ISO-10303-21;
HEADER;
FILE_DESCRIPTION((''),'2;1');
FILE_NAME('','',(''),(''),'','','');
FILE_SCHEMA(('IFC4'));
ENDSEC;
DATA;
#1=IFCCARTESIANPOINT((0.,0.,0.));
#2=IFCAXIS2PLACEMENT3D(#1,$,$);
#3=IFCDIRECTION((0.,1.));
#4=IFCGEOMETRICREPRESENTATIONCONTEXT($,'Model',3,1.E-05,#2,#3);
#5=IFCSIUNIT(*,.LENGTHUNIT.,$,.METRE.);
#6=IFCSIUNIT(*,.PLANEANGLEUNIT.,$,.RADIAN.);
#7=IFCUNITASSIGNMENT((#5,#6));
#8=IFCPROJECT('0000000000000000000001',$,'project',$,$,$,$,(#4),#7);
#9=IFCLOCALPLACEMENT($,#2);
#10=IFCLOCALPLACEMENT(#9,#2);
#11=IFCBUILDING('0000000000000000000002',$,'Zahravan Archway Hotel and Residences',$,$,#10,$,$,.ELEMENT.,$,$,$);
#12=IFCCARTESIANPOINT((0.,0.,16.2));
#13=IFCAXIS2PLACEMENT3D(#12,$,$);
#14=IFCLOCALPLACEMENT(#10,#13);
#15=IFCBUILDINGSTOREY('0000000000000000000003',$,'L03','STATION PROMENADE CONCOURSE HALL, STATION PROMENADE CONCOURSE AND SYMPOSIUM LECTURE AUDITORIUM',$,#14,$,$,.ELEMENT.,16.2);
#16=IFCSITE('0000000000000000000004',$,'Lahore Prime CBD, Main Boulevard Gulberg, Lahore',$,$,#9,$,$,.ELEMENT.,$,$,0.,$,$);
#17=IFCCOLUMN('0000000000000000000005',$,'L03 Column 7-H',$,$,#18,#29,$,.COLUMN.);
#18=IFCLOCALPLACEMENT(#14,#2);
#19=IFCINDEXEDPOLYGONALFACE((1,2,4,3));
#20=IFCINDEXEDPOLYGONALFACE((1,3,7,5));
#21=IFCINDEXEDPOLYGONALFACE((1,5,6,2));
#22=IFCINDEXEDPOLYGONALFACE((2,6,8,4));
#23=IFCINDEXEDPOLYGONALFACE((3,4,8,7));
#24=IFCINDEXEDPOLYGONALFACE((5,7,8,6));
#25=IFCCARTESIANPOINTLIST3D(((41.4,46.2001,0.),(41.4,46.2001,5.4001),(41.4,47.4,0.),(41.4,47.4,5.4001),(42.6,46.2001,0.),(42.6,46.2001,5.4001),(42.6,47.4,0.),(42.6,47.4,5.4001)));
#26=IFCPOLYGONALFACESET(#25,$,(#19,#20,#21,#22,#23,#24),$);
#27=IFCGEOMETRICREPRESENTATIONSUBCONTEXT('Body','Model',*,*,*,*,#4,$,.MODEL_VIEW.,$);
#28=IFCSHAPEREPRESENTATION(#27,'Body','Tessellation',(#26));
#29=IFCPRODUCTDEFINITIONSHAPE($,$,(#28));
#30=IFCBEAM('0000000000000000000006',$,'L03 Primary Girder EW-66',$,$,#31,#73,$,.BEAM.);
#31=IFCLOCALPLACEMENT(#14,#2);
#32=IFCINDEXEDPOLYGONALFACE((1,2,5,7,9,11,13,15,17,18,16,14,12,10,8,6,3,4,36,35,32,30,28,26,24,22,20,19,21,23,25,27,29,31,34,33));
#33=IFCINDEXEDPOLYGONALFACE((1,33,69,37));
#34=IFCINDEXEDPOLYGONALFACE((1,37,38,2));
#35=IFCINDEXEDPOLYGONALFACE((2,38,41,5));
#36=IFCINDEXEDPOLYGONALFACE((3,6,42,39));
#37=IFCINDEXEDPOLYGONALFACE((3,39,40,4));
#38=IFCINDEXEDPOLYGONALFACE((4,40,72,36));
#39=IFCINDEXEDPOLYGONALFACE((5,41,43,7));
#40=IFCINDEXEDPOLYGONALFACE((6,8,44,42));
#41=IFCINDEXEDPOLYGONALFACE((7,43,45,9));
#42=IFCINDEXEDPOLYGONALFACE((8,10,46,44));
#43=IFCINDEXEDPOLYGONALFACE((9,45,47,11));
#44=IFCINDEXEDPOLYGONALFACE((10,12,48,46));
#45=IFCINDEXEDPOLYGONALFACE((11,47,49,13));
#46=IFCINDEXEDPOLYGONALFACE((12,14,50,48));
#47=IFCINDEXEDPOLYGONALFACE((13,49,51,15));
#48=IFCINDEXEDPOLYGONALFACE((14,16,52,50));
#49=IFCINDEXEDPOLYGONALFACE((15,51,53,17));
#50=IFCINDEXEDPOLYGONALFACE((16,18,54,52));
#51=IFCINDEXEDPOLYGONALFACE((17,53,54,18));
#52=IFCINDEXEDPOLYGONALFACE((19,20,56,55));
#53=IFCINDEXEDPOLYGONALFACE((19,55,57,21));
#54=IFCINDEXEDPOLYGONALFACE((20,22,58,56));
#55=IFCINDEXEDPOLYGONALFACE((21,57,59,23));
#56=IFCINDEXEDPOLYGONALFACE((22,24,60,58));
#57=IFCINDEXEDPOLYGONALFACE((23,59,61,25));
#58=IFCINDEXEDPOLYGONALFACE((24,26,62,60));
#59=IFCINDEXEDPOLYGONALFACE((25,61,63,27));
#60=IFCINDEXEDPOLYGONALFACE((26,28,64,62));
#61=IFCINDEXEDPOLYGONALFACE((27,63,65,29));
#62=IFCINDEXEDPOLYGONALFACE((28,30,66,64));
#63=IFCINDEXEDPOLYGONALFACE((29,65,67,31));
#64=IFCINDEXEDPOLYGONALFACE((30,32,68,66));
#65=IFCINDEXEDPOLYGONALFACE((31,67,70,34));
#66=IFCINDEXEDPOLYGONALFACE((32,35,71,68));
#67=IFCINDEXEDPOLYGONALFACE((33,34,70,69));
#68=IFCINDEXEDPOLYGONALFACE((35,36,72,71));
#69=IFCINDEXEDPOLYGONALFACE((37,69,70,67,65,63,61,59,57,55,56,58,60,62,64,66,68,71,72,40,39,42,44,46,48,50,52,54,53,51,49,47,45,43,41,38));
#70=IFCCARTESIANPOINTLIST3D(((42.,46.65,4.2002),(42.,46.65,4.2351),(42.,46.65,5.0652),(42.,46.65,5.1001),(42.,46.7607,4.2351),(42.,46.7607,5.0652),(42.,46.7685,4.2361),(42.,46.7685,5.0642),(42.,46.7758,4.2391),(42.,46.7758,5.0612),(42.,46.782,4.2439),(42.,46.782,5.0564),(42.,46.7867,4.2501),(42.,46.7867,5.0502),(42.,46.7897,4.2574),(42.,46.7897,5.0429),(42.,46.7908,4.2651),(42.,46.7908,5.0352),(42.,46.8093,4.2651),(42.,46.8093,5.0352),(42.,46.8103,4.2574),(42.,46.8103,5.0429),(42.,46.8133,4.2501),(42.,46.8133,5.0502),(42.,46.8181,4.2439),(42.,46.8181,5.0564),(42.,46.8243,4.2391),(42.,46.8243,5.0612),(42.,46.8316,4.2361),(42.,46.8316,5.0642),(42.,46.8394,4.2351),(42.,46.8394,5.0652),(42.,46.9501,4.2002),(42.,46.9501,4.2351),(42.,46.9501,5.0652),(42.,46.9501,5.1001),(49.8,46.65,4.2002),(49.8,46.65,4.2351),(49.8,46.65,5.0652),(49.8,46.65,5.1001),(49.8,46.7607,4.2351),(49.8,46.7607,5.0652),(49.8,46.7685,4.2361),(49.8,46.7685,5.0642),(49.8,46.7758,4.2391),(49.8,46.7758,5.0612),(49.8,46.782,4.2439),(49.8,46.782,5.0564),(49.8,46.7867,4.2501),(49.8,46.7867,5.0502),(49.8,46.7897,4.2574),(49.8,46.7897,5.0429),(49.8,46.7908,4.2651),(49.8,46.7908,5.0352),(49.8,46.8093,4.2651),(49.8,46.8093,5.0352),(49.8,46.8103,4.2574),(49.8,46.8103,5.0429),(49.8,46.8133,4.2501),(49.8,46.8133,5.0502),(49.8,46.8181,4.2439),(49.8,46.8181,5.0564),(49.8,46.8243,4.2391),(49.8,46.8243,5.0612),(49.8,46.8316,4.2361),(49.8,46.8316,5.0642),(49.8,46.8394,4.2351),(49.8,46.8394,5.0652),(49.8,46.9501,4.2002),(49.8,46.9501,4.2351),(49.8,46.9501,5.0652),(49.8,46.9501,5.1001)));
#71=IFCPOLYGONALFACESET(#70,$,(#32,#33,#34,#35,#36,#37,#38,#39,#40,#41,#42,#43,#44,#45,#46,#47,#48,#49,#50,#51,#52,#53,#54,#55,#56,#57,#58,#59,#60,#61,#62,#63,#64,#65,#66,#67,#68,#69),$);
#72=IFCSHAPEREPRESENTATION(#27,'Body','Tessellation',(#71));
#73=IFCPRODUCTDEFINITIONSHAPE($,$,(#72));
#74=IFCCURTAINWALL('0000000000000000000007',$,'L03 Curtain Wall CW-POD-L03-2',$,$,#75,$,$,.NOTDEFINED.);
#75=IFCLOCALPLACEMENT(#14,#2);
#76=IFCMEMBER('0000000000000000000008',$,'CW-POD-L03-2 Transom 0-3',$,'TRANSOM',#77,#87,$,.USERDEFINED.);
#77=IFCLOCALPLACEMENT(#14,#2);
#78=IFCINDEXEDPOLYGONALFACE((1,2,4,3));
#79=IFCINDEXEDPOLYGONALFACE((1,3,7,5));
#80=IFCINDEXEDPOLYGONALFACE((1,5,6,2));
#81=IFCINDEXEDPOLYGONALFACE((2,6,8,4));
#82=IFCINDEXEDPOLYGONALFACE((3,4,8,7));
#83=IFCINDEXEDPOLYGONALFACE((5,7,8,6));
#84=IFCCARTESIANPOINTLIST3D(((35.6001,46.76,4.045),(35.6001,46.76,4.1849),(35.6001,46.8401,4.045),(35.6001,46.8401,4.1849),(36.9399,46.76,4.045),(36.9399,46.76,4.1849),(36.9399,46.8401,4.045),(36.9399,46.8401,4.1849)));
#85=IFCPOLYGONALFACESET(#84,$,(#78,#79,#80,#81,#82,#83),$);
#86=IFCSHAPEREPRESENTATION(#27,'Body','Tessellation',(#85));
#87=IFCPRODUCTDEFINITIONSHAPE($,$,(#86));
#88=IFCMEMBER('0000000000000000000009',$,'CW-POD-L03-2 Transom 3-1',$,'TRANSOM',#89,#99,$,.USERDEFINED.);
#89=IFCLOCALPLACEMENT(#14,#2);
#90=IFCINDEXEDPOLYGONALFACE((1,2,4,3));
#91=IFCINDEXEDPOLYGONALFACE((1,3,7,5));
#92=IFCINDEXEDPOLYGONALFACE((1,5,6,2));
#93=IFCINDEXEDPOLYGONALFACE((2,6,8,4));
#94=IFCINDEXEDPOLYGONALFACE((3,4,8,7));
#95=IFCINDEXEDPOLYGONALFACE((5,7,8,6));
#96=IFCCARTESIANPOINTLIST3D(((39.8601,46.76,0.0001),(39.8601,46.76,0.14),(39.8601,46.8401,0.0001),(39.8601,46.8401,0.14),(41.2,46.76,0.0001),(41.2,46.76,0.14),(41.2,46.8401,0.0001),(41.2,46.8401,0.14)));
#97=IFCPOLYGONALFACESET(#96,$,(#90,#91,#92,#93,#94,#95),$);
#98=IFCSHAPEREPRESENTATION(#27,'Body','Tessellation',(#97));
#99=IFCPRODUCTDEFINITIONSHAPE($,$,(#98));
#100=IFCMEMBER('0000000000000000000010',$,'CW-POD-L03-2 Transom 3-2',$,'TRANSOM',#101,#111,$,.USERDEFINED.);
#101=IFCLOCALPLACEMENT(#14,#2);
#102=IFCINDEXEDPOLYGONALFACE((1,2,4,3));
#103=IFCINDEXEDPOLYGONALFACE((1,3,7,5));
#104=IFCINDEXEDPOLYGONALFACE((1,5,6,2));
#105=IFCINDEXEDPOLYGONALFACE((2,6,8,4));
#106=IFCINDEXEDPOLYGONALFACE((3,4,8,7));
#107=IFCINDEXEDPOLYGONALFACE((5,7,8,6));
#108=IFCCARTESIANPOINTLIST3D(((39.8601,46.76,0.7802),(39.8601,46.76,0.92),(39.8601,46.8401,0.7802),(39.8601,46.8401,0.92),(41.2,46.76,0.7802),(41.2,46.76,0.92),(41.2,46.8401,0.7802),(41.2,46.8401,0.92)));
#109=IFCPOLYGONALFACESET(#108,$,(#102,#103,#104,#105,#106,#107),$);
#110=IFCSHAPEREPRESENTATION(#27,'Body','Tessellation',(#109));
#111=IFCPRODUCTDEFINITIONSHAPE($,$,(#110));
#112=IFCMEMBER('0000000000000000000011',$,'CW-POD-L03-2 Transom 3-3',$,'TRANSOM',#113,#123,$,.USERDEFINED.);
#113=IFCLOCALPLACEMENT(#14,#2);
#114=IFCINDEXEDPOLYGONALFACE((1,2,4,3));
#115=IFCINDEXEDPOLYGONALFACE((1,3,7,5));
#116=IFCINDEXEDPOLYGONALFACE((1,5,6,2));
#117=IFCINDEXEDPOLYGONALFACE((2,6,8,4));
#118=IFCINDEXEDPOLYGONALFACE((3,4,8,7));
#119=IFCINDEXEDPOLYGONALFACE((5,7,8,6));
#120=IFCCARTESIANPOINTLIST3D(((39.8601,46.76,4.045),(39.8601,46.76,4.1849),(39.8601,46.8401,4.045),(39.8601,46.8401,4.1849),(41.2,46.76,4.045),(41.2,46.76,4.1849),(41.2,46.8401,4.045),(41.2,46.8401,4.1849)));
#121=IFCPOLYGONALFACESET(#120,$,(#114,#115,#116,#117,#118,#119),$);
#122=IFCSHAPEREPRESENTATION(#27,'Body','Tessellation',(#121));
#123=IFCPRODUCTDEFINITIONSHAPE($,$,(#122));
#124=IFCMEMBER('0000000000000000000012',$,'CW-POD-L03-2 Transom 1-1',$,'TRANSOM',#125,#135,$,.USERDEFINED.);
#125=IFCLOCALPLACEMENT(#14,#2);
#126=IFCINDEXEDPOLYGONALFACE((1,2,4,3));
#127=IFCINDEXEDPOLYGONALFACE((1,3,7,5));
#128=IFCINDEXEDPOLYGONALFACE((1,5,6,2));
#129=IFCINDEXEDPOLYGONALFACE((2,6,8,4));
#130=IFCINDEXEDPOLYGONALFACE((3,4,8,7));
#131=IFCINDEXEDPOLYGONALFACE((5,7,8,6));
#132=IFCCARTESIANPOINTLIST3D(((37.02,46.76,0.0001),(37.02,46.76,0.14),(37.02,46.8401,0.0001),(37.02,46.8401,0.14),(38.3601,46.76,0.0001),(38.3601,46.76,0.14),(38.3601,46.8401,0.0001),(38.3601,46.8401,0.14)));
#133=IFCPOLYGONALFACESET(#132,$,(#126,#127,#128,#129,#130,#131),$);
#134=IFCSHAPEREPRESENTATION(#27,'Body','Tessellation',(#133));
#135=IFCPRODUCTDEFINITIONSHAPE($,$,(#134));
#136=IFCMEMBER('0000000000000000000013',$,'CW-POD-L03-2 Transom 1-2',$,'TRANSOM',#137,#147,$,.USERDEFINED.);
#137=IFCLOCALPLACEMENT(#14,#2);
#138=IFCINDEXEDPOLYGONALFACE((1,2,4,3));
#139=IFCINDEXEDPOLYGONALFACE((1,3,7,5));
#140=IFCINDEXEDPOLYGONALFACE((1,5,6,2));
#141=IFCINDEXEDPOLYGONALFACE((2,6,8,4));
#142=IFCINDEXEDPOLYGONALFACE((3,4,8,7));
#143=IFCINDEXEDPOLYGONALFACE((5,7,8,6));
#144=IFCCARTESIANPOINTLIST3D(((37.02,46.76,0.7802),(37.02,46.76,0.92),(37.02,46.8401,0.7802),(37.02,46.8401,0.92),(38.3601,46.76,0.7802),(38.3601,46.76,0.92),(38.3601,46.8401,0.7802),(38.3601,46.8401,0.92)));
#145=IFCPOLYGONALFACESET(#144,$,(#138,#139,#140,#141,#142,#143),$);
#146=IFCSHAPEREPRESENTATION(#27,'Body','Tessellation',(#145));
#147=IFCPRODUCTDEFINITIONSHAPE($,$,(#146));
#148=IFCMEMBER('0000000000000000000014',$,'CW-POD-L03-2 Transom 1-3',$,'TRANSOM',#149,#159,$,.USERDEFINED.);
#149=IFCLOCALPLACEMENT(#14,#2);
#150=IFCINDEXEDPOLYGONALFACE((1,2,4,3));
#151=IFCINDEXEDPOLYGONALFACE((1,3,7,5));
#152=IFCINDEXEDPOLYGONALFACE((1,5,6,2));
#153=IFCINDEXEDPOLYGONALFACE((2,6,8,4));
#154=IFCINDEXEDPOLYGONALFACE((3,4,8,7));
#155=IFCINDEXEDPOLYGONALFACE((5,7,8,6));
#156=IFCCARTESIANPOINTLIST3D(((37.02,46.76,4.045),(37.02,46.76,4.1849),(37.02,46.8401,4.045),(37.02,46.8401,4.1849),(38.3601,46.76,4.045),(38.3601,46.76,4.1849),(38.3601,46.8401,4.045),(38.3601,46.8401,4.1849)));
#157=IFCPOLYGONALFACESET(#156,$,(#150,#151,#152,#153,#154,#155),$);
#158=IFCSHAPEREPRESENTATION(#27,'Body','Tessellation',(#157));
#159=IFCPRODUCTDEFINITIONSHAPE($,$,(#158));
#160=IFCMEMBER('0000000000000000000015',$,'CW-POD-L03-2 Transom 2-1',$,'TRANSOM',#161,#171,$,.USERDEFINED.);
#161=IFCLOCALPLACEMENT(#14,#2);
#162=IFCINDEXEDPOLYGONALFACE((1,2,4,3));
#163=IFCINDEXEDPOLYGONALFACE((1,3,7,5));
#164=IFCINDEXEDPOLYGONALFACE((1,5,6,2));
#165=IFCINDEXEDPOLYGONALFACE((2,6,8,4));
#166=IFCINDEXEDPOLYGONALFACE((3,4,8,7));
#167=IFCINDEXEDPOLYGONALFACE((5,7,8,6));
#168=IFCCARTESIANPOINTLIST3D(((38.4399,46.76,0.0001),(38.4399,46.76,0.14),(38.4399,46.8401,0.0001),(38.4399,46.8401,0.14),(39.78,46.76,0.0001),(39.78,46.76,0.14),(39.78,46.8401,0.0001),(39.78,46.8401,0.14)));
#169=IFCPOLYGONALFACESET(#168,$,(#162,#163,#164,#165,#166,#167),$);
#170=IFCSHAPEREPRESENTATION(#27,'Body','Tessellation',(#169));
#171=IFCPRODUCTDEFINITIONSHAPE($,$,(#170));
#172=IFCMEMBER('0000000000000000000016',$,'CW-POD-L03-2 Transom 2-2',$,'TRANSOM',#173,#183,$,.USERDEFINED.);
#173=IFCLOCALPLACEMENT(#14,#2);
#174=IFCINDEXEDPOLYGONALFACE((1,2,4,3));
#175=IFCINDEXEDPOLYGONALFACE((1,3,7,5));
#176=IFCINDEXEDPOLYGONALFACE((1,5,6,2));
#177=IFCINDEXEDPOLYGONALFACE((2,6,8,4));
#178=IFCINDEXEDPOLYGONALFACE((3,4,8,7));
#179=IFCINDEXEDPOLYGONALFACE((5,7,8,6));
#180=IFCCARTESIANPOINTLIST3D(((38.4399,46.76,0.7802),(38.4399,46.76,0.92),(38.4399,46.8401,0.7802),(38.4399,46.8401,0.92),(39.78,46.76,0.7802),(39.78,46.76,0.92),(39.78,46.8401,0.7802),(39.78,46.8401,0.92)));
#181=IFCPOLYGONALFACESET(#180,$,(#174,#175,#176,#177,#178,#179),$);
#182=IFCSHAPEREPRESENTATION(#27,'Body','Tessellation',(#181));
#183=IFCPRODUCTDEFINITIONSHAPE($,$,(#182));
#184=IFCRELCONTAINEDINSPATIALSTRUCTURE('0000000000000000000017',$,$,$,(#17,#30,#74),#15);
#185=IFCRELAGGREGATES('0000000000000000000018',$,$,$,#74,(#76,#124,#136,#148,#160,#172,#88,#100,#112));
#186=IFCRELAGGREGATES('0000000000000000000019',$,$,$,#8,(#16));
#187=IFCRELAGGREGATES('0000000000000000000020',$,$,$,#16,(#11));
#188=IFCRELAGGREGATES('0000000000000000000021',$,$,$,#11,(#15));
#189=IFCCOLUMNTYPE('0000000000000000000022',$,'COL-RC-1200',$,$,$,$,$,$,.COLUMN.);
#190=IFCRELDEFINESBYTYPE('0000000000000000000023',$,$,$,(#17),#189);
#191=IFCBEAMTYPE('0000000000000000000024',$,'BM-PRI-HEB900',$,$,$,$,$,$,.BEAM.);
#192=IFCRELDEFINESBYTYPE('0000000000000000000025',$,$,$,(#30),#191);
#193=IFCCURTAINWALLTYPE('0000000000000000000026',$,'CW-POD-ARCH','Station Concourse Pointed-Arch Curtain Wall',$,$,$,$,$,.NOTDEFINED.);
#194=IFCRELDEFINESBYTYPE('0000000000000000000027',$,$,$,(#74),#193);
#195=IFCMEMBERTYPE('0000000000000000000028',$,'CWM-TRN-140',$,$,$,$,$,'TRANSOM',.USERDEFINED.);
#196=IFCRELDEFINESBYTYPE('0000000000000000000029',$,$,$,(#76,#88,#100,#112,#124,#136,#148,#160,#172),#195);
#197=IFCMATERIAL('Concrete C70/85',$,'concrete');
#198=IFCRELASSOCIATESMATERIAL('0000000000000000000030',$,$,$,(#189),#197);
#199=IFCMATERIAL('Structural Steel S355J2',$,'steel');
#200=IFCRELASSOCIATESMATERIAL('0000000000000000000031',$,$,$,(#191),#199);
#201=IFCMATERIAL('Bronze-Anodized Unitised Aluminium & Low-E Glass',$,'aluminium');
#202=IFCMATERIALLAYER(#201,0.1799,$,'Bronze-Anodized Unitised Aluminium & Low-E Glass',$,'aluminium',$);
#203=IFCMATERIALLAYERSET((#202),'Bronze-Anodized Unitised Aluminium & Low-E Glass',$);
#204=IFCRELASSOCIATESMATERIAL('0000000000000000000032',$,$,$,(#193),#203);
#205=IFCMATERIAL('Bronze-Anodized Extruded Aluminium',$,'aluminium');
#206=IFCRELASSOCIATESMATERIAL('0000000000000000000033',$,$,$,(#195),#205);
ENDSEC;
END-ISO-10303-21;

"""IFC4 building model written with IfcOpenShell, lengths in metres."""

from ifc_helpers import new_model, si_unit, direction, frame, origin, origin_2d, place, context, subcontext, project, spatial, rectangle, i_section, extrude, source, transform, mapped, material, layer, layer_set, material_profile, profile_set, type_object, element, aggregate, save


model = new_model("IFC4")

# Units and contexts
model_context = context("Model", 3, precision=1e-05, world=origin(), true_north=direction((0.0, 1.0)))
body_context = subcontext(model_context, "Body", "Model", "MODEL_VIEW")
ifc_project = project(units=[si_unit("LENGTHUNIT", "METRE"), si_unit("PLANEANGLEUNIT", "RADIAN")], contexts=[model_context])

# Site, building, storey
site_placement = place(None, origin())
site = spatial("IfcSite", under=ifc_project, at=site_placement, Name="Lahore Prime CBD, Main Boulevard Gulberg, Lahore", CompositionType="ELEMENT", RefElevation=0.0)
building_placement = place(site_placement, origin())
building = spatial("IfcBuilding", under=site, at=building_placement, Name="Zahravan Archway Hotel and Residences", CompositionType="ELEMENT")
storey_placement = place(building_placement, frame((0.0, 0.0, 16.2)))
storey = spatial("IfcBuildingStorey", under=building, at=storey_placement, Name="L03", Description="STATION PROMENADE CONCOURSE HALL, STATION PROMENADE CONCOURSE AND SYMPOSIUM LECTURE AUDITORIUM", CompositionType="ELEMENT", Elevation=16.2)

# Column
ifc_material_1 = material(Name="Concrete C70/85", Category="concrete")
ifc_material_profile_1 = material_profile(ifc_material_1, rectangle(XDim=1.2, YDim=1.2, at=origin_2d()), Name="RC-COL-1200x1200", Category="concrete")
ifc_profile_set_1 = profile_set([ifc_material_profile_1], Name="Concrete C70/85")
column_type = type_object("IfcColumnType", Name="COL-RC-1200", PredefinedType="COLUMN", material=ifc_profile_set_1)
shared_shape_1 = source(origin(), body_context, "Body", "SweptSolid", [
    extrude(rectangle(XDim=1.2, YDim=1.2, at=origin_2d()), origin(), (0.0, 0.0, 1.0), 5.4001),
])
column_placement = place(storey_placement, frame((42.0, 46.8, 0.0), z_axis=(0.0, 0.0, 1.0), x_axis=(1.0, 0.0, 0.0)))
element("IfcColumn", 1, at=column_placement, inside=storey, type_object=column_type, Name="L03 Column 7-H", PredefinedType="COLUMN", context=body_context, shape_type="MappedRepresentation", body=[
    mapped(shared_shape_1, transform((0.0, 0.0, 0.0), scale=1.0)),
])

# Beam
ifc_material_2 = material(Name="Structural Steel S355J2", Category="steel")
ifc_material_profile_2 = material_profile(ifc_material_2, i_section(OverallWidth=0.3, OverallDepth=0.8999, WebThickness=0.0186, FlangeThickness=0.0349, FilletRadius=0.03, at=origin_2d()), Name="HEB 900", Category="steel")
ifc_profile_set_2 = profile_set([ifc_material_profile_2], Name="Structural Steel S355J2")
beam_type = type_object("IfcBeamType", Name="BM-PRI-HEB900", PredefinedType="BEAM", material=ifc_profile_set_2)
shared_shape_2 = source(origin(), body_context, "Body", "SweptSolid", [
    extrude(i_section(OverallWidth=0.3, OverallDepth=0.8999, WebThickness=0.0186, FlangeThickness=0.0349, FilletRadius=0.03, at=origin_2d()), origin(), (0.0, 0.0, 1.0), 7.8),
])
beam_placement = place(storey_placement, frame((42.0, 46.8, 4.6501), z_axis=(1.0, 0.0, 0.0), x_axis=(0.0, 1.0, 0.0)))
element("IfcBeam", 2, at=beam_placement, inside=storey, type_object=beam_type, Name="L03 Primary Girder EW-66", PredefinedType="BEAM", context=body_context, shape_type="MappedRepresentation", body=[
    mapped(shared_shape_2, transform((0.0, 0.0, 0.0), scale=1.0)),
])

# Curtain wall, members
ifc_material_3 = material(Name="Bronze-Anodized Unitised Aluminium & Low-E Glass", Category="aluminium")
ifc_layer_1 = layer(ifc_material_3, 0.1799, Name="Bronze-Anodized Unitised Aluminium & Low-E Glass", Category="aluminium")
ifc_layer_set_1 = layer_set([ifc_layer_1], Name="Bronze-Anodized Unitised Aluminium & Low-E Glass")
curtain_wall_type = type_object("IfcCurtainWallType", Name="CW-POD-ARCH", Description="Station Concourse Pointed-Arch Curtain Wall", PredefinedType="NOTDEFINED", material=ifc_layer_set_1)
curtain_wall_1_placement = place(storey_placement, origin())
curtain_wall_1 = element("IfcCurtainWall", 3, at=curtain_wall_1_placement, inside=storey, type_object=curtain_wall_type, Name="L03 Curtain Wall CW-POD-L03-2", PredefinedType="NOTDEFINED")
ifc_material_4 = material(Name="Bronze-Anodized Extruded Aluminium", Category="aluminium")
ifc_material_profile_3 = material_profile(ifc_material_4, rectangle(XDim=0.0801, YDim=0.1399, at=origin_2d()), Name="TRN 80x140", Category="aluminium")
ifc_profile_set_3 = profile_set([ifc_material_profile_3], Name="Bronze-Anodized Extruded Aluminium")
member_type_1 = type_object("IfcMemberType", Name="CWM-TRN-140", ElementType="TRANSOM", PredefinedType="USERDEFINED", material=ifc_profile_set_3)
shared_shape_3 = source(origin(), body_context, "Body", "SweptSolid", [
    extrude(rectangle(XDim=0.0801, YDim=0.1399, at=origin_2d()), origin(), (0.0, 0.0, 1.0), 1.3398),
])
member_1_placement = place(storey_placement, frame((35.6001, 46.8, 4.115), z_axis=(1.0, 0.0, 0.0), x_axis=(0.0, 1.0, 0.0)))
member_1 = element("IfcMember", 4, at=member_1_placement, type_object=member_type_1, Name="CW-POD-L03-2 Transom 0-3", ObjectType="TRANSOM", PredefinedType="USERDEFINED", context=body_context, shape_type="MappedRepresentation", body=[
    mapped(shared_shape_3, transform((0.0, 0.0, 0.0), scale=1.0)),
])
member_2_placement = place(storey_placement, frame((39.8601, 46.8, 0.0701), z_axis=(1.0, 0.0, 0.0), x_axis=(0.0, 1.0, 0.0)))
member_2 = element("IfcMember", 5, at=member_2_placement, type_object=member_type_1, Name="CW-POD-L03-2 Transom 3-1", ObjectType="TRANSOM", PredefinedType="USERDEFINED", context=body_context, shape_type="MappedRepresentation", body=[
    mapped(shared_shape_3, transform((0.0, 0.0, 0.0), scale=1.0)),
])
member_3_placement = place(storey_placement, frame((39.8601, 46.8, 0.8501), z_axis=(1.0, 0.0, 0.0), x_axis=(0.0, 1.0, 0.0)))
member_3 = element("IfcMember", 6, at=member_3_placement, type_object=member_type_1, Name="CW-POD-L03-2 Transom 3-2", ObjectType="TRANSOM", PredefinedType="USERDEFINED", context=body_context, shape_type="MappedRepresentation", body=[
    mapped(shared_shape_3, transform((0.0, 0.0, 0.0), scale=1.0)),
])
member_4_placement = place(storey_placement, frame((39.8601, 46.8, 4.115), z_axis=(1.0, 0.0, 0.0), x_axis=(0.0, 1.0, 0.0)))
member_4 = element("IfcMember", 7, at=member_4_placement, type_object=member_type_1, Name="CW-POD-L03-2 Transom 3-3", ObjectType="TRANSOM", PredefinedType="USERDEFINED", context=body_context, shape_type="MappedRepresentation", body=[
    mapped(shared_shape_3, transform((0.0, 0.0, 0.0), scale=1.0)),
])
shared_shape_4 = source(origin(), body_context, "Body", "SweptSolid", [
    extrude(rectangle(XDim=0.0801, YDim=0.1399, at=origin_2d()), origin(), (0.0, 0.0, 1.0), 1.3401),
])
member_5_placement = place(storey_placement, frame((37.02, 46.8, 0.0701), z_axis=(1.0, 0.0, 0.0), x_axis=(0.0, 1.0, 0.0)))
member_5 = element("IfcMember", 8, at=member_5_placement, type_object=member_type_1, Name="CW-POD-L03-2 Transom 1-1", ObjectType="TRANSOM", PredefinedType="USERDEFINED", context=body_context, shape_type="MappedRepresentation", body=[
    mapped(shared_shape_4, transform((0.0, 0.0, 0.0), scale=1.0)),
])
member_6_placement = place(storey_placement, frame((37.02, 46.8, 0.8501), z_axis=(1.0, 0.0, 0.0), x_axis=(0.0, 1.0, 0.0)))
member_6 = element("IfcMember", 9, at=member_6_placement, type_object=member_type_1, Name="CW-POD-L03-2 Transom 1-2", ObjectType="TRANSOM", PredefinedType="USERDEFINED", context=body_context, shape_type="MappedRepresentation", body=[
    mapped(shared_shape_4, transform((0.0, 0.0, 0.0), scale=1.0)),
])
member_7_placement = place(storey_placement, frame((37.02, 46.8, 4.115), z_axis=(1.0, 0.0, 0.0), x_axis=(0.0, 1.0, 0.0)))
member_7 = element("IfcMember", 10, at=member_7_placement, type_object=member_type_1, Name="CW-POD-L03-2 Transom 1-3", ObjectType="TRANSOM", PredefinedType="USERDEFINED", context=body_context, shape_type="MappedRepresentation", body=[
    mapped(shared_shape_4, transform((0.0, 0.0, 0.0), scale=1.0)),
])
member_8_placement = place(storey_placement, frame((38.4399, 46.8, 0.0701), z_axis=(1.0, 0.0, 0.0), x_axis=(0.0, 1.0, 0.0)))
member_8 = element("IfcMember", 11, at=member_8_placement, type_object=member_type_1, Name="CW-POD-L03-2 Transom 2-1", ObjectType="TRANSOM", PredefinedType="USERDEFINED", context=body_context, shape_type="MappedRepresentation", body=[
    mapped(shared_shape_4, transform((0.0, 0.0, 0.0), scale=1.0)),
])
member_9_placement = place(storey_placement, frame((38.4399, 46.8, 0.8501), z_axis=(1.0, 0.0, 0.0), x_axis=(0.0, 1.0, 0.0)))
member_9 = element("IfcMember", 12, at=member_9_placement, type_object=member_type_1, Name="CW-POD-L03-2 Transom 2-2", ObjectType="TRANSOM", PredefinedType="USERDEFINED", context=body_context, shape_type="MappedRepresentation", body=[
    mapped(shared_shape_4, transform((0.0, 0.0, 0.0), scale=1.0)),
])

aggregate(curtain_wall_1, [member_1, member_5, member_6, member_7, member_8, member_9, member_2, member_3, member_4])

save(model, "model.ifc")
